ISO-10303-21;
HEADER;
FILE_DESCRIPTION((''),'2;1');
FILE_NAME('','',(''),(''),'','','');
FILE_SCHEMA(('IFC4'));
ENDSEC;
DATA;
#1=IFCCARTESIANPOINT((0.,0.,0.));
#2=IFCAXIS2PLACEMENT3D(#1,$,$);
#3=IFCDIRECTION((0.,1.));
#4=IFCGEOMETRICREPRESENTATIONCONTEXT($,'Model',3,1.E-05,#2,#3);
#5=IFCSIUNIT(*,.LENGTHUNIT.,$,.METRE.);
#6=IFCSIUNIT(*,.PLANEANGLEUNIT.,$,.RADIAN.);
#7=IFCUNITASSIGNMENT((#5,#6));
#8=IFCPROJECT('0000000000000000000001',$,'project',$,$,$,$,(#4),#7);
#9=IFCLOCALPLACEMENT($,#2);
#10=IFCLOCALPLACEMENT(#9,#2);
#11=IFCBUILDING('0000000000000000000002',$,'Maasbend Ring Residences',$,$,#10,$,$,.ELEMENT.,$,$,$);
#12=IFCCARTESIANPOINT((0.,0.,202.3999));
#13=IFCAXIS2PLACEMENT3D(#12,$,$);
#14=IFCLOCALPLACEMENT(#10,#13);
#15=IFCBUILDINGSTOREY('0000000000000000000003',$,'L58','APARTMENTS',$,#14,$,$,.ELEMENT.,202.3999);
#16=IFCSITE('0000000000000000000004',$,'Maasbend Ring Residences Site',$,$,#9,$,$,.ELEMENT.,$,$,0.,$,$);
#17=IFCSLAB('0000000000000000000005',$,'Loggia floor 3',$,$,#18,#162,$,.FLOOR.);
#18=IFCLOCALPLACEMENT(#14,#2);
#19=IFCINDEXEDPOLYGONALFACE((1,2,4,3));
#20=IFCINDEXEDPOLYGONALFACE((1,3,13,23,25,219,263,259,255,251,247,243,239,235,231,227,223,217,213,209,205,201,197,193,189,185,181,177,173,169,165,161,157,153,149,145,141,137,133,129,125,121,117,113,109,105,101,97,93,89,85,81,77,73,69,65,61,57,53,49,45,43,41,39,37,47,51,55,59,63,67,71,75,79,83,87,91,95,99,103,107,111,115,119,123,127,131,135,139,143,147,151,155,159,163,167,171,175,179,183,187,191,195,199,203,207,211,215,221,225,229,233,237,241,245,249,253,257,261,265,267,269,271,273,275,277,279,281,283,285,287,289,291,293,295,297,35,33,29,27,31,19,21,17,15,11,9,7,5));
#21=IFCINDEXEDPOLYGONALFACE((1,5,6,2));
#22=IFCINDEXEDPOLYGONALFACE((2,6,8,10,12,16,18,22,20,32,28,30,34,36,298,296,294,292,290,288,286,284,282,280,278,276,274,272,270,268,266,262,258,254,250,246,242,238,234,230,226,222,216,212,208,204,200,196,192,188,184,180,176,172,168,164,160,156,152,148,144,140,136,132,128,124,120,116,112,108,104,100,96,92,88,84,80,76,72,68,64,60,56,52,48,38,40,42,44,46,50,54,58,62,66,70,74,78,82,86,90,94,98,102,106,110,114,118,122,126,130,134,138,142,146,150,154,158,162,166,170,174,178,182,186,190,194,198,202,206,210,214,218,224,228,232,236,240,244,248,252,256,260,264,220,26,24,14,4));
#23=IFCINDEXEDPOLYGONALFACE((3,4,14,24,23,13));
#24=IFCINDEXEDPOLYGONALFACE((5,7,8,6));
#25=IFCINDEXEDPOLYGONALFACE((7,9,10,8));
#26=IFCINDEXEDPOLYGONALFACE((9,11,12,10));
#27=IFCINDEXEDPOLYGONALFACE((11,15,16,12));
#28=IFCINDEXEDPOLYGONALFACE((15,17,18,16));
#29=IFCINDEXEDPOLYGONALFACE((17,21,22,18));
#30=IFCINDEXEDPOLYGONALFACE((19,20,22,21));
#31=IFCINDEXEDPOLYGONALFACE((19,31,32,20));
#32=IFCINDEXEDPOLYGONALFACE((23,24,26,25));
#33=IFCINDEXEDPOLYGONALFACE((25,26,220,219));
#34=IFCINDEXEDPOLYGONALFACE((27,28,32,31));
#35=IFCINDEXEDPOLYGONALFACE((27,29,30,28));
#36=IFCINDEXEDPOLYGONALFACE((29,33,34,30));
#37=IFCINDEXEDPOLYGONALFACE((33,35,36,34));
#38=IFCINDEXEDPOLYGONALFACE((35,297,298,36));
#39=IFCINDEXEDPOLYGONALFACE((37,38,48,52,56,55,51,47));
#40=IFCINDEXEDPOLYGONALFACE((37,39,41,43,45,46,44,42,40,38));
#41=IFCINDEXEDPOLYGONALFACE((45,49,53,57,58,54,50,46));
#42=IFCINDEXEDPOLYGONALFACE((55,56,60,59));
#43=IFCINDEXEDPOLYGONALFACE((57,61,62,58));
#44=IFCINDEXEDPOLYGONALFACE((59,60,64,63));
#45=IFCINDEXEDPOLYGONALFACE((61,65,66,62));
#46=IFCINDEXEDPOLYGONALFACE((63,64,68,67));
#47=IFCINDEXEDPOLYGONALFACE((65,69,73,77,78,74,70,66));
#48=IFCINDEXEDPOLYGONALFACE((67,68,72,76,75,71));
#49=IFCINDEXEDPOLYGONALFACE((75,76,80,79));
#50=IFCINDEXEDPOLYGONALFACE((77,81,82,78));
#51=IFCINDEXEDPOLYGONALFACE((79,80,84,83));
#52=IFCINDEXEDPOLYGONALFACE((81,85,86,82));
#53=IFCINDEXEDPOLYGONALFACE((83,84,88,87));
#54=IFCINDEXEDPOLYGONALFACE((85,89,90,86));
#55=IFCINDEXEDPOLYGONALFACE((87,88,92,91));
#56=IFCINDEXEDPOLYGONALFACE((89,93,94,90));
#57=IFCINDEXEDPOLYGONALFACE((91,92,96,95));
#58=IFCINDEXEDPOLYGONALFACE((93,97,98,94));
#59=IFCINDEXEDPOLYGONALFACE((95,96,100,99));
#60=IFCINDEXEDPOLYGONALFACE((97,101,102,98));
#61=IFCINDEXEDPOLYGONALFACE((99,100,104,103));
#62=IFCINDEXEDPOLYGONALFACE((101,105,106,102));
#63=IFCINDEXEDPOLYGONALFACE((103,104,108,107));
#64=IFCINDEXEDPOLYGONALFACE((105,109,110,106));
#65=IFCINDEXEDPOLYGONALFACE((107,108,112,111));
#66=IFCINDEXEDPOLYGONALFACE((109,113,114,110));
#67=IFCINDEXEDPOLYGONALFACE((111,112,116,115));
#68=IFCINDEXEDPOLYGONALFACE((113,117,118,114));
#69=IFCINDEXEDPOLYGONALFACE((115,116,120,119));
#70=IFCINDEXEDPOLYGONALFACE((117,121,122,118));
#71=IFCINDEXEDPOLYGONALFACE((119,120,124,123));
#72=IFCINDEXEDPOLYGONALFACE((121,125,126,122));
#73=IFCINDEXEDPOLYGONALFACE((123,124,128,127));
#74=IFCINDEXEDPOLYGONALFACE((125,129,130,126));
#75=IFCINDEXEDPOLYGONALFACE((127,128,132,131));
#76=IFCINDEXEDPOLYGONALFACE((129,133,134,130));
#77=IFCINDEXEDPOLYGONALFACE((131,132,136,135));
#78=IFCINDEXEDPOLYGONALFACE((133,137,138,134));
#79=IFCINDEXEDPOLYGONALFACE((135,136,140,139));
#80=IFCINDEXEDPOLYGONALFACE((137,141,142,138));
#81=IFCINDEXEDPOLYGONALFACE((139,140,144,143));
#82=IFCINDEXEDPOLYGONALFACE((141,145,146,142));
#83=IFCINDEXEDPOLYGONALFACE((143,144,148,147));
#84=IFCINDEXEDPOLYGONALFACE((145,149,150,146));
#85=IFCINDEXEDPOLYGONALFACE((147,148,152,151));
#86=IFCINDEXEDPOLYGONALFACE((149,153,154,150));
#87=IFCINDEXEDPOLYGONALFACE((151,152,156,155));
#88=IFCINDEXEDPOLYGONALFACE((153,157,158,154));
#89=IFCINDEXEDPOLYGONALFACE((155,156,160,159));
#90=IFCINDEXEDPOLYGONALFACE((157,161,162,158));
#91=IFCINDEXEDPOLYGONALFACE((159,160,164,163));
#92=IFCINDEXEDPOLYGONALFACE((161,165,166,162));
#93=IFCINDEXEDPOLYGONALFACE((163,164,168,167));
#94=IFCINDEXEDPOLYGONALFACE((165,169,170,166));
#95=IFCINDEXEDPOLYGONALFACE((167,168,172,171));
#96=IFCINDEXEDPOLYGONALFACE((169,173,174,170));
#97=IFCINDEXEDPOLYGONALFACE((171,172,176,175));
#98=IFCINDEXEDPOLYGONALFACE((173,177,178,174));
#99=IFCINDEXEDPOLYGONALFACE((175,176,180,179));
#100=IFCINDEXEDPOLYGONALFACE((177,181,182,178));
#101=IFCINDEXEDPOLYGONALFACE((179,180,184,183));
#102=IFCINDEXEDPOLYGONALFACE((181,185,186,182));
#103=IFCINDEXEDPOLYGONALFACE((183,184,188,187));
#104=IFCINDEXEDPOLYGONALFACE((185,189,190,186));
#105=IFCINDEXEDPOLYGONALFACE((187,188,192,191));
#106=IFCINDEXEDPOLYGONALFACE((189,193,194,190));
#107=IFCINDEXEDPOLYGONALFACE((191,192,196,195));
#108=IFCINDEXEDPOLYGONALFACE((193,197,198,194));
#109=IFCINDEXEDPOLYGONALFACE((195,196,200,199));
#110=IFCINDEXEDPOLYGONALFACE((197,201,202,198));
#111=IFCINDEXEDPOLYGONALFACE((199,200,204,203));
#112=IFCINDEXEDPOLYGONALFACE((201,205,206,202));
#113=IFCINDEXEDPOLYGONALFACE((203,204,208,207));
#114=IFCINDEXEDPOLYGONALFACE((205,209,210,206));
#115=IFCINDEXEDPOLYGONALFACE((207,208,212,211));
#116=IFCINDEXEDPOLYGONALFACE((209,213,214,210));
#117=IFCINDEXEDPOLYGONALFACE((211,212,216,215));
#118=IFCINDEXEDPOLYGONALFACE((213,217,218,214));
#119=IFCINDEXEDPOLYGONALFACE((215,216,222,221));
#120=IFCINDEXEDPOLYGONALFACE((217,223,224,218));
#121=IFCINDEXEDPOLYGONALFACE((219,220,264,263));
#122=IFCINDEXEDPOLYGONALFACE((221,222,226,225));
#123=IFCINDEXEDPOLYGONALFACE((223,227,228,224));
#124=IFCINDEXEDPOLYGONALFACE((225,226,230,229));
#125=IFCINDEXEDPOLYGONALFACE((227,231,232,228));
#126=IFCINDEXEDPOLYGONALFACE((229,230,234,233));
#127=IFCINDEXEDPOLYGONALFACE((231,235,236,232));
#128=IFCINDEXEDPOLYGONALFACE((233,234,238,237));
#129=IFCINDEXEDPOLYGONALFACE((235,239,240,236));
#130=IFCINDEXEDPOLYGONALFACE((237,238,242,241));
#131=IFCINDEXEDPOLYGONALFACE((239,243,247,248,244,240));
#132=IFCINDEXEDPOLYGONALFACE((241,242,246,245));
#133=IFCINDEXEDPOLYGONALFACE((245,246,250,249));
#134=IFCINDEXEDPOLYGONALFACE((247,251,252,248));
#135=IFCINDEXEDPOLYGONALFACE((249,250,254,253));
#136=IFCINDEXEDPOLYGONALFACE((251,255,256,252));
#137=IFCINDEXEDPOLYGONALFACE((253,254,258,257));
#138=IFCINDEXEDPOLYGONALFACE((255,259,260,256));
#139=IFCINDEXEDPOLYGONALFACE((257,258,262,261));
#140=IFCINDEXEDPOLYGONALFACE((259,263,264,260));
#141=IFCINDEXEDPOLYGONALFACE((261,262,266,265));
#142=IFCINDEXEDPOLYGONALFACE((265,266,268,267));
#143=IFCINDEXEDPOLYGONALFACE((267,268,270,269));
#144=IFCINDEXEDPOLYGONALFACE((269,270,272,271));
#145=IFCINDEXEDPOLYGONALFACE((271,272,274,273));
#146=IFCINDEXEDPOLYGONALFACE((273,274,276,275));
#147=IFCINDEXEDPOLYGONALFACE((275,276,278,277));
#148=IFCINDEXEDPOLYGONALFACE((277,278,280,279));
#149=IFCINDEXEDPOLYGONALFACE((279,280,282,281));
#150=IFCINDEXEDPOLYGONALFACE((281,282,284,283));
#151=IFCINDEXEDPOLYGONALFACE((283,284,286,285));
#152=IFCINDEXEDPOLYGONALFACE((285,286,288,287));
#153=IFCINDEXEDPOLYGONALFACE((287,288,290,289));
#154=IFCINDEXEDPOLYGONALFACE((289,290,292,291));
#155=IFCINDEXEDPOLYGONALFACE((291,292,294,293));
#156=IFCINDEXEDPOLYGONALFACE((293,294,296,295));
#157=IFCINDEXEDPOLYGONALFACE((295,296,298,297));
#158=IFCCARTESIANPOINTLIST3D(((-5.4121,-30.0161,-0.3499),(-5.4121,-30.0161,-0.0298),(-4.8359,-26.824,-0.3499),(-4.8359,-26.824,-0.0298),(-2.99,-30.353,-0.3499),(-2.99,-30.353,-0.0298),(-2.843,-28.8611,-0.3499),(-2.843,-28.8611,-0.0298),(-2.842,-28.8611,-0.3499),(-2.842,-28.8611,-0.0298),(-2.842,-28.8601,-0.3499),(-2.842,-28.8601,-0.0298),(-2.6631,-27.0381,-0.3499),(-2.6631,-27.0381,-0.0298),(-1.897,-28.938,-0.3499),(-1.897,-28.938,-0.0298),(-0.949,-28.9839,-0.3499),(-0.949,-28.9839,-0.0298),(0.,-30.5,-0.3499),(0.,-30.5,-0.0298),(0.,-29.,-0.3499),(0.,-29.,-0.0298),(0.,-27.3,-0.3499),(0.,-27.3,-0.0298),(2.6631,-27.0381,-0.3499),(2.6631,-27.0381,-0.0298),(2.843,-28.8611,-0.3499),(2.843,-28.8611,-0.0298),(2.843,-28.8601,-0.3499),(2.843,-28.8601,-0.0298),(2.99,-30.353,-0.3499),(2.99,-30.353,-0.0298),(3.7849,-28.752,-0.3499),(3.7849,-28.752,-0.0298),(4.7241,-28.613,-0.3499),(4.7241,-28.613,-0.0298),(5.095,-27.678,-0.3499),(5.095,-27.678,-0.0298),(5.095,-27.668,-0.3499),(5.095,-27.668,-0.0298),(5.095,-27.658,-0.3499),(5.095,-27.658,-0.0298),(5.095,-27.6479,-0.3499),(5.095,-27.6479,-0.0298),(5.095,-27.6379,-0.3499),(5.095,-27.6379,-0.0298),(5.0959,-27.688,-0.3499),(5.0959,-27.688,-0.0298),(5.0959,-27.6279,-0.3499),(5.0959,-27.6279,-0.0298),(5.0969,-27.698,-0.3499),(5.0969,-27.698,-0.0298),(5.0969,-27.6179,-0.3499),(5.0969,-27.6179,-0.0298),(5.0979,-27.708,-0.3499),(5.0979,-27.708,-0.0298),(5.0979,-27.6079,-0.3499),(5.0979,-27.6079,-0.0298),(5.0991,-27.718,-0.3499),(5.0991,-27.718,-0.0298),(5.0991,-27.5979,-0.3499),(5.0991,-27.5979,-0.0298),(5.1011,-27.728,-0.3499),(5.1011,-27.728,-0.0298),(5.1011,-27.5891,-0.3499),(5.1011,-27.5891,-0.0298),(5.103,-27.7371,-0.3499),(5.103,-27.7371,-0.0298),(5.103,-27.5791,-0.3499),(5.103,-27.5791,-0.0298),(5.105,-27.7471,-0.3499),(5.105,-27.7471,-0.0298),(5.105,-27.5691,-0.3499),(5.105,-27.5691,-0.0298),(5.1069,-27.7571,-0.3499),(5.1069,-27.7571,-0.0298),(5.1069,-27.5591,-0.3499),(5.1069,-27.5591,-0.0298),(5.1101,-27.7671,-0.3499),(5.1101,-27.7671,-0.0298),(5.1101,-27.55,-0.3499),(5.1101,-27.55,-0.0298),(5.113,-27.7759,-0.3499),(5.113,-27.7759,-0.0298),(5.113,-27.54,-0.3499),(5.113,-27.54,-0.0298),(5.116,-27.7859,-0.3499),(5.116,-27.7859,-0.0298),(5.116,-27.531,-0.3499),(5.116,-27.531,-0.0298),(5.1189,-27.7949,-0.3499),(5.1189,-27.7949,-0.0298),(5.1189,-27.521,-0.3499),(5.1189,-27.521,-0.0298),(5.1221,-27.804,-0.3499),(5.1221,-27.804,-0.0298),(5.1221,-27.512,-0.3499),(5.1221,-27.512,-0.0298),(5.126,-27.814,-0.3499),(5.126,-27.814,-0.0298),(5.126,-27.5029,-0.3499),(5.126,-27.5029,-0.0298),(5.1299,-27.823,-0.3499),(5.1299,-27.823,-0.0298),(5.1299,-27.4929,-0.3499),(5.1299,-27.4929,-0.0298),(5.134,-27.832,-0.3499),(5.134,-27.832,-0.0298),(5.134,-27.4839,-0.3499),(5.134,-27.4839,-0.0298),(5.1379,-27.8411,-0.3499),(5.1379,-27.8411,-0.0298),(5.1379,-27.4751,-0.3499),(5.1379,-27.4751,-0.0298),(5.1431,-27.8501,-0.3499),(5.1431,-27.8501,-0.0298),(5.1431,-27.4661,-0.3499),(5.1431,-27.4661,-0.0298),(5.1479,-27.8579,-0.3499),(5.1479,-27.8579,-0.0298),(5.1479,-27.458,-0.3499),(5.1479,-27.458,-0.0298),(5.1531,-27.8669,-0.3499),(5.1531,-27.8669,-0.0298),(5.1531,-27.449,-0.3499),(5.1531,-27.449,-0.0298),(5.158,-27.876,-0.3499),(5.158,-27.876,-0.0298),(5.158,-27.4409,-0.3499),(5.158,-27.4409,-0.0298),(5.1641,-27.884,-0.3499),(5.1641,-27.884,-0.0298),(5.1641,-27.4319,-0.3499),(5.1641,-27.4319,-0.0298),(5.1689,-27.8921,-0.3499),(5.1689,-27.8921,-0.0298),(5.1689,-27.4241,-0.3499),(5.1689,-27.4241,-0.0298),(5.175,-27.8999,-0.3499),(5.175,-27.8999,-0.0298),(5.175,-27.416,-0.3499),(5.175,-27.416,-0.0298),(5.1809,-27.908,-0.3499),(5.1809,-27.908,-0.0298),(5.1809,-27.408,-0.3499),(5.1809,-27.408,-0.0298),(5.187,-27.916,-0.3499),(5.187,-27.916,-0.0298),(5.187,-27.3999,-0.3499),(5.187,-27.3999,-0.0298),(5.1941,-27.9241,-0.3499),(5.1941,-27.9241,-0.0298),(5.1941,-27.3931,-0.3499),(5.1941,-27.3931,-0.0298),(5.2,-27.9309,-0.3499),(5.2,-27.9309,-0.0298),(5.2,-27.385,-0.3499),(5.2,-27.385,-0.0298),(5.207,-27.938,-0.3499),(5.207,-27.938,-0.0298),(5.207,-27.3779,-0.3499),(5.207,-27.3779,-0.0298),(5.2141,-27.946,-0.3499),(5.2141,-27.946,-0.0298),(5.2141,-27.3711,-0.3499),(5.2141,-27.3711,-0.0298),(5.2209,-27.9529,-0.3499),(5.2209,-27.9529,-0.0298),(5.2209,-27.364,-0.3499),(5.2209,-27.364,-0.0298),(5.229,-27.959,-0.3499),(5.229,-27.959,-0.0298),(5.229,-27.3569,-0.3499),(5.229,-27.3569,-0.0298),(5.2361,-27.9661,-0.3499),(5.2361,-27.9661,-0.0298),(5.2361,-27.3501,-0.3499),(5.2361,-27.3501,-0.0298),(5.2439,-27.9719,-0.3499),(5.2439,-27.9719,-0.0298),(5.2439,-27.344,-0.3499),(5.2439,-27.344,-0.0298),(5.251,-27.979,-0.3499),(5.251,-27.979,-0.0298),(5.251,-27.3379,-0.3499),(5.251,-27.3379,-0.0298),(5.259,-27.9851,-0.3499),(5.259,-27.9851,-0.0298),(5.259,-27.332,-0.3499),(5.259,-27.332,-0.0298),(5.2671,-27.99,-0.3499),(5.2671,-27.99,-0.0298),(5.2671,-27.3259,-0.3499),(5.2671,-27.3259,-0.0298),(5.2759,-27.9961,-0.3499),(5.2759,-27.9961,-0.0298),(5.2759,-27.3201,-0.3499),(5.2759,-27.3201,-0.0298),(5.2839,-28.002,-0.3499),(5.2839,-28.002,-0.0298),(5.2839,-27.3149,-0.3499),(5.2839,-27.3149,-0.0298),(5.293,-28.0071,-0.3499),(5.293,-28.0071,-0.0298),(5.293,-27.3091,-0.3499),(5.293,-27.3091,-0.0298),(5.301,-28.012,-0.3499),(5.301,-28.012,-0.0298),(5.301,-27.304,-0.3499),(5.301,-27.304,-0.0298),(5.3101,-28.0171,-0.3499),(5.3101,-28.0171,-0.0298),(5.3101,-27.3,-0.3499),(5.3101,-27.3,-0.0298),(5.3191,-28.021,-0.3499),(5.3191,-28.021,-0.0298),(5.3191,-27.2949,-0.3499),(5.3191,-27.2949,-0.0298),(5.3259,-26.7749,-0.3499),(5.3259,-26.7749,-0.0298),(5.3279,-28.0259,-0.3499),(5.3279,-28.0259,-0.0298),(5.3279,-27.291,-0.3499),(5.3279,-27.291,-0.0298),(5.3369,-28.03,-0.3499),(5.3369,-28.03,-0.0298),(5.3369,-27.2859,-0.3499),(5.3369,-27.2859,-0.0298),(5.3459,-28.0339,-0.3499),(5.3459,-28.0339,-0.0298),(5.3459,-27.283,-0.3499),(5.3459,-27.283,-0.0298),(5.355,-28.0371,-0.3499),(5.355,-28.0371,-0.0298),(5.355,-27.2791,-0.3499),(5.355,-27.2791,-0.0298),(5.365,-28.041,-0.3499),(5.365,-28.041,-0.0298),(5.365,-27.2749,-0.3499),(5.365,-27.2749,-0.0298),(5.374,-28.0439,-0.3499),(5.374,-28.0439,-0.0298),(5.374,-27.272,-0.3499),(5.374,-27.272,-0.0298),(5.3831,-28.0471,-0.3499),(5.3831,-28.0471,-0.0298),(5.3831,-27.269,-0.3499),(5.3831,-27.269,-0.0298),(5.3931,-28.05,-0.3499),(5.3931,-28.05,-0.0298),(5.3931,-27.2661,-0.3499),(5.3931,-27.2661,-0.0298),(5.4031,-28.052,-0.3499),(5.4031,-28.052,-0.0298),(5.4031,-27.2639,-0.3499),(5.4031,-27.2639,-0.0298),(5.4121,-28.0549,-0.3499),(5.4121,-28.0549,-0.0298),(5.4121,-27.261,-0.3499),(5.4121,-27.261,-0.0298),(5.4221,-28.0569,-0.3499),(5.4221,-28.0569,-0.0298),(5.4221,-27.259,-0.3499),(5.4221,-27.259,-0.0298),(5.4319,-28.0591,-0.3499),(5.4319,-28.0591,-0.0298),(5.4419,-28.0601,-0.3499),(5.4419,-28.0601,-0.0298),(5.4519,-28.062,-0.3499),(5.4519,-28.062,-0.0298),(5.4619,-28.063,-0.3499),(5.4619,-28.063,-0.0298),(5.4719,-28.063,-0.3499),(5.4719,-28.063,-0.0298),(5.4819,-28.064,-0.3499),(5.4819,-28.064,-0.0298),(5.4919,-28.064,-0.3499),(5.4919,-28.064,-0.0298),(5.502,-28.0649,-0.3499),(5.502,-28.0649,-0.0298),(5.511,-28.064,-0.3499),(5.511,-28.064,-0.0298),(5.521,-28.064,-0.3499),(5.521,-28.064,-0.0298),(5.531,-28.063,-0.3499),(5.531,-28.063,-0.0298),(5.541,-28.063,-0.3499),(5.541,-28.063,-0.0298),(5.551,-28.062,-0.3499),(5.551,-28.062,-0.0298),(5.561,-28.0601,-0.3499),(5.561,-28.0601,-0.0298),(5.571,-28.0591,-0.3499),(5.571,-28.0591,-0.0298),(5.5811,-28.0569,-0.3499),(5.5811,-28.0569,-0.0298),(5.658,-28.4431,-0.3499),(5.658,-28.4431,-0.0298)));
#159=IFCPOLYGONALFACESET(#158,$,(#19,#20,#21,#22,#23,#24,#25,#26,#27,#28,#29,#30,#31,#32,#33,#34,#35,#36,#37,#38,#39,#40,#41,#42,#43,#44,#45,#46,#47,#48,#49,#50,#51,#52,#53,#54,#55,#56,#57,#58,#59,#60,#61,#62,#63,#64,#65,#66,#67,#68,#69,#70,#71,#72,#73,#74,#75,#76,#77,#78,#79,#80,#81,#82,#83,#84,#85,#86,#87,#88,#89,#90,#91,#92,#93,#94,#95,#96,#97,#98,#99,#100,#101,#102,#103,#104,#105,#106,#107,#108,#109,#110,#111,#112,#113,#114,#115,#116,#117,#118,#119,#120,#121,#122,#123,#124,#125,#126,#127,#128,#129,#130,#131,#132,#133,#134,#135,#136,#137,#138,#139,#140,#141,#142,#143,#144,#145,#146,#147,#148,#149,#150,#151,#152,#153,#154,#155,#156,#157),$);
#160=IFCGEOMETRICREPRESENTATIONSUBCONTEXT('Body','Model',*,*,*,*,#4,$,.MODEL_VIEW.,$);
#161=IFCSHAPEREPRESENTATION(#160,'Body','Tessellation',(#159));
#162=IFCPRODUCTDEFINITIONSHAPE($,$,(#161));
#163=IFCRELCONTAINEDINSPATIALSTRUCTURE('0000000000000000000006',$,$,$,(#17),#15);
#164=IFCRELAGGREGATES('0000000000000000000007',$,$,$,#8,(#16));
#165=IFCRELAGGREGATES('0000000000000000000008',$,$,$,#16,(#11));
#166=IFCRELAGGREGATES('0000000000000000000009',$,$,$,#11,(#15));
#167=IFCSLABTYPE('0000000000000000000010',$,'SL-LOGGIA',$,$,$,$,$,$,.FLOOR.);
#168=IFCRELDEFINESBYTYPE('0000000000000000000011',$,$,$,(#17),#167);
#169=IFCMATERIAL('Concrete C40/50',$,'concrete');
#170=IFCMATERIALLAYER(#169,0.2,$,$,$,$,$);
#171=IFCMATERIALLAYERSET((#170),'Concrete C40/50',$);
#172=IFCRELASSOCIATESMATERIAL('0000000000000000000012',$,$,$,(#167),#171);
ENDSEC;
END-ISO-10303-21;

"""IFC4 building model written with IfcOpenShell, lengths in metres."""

from ifc_helpers import new_model, si_unit, direction, frame, origin, place, context, subcontext, project, spatial, polyline, outline, extrude, material, layer, layer_set, type_object, element, save


model = new_model("IFC4")

# Units and contexts
model_context = context("Model", 3, precision=1e-05, world=origin(), true_north=direction((0.0, 1.0)))
body_context = subcontext(model_context, "Body", "Model", "MODEL_VIEW")
ifc_project = project(units=[si_unit("LENGTHUNIT", "METRE"), si_unit("PLANEANGLEUNIT", "RADIAN")], contexts=[model_context])

# Site, building, storey
site_placement = place(None, origin())
site = spatial("IfcSite", under=ifc_project, at=site_placement, Name="Maasbend Ring Residences Site", CompositionType="ELEMENT", RefElevation=0.0)
building_placement = place(site_placement, origin())
building = spatial("IfcBuilding", under=site, at=building_placement, Name="Maasbend Ring Residences", CompositionType="ELEMENT")
storey_placement = place(building_placement, frame((0.0, 0.0, 202.3999)))
storey = spatial("IfcBuildingStorey", under=building, at=storey_placement, Name="L58", Description="APARTMENTS", CompositionType="ELEMENT", Elevation=202.3999)

# Slab
ifc_material_1 = material(Name="Concrete C40/50", Category="concrete")
ifc_layer_1 = layer(ifc_material_1, 0.2)
ifc_layer_set_1 = layer_set([ifc_layer_1], Name="Concrete C40/50")
slab_type_1 = type_object("IfcSlabType", Name="SL-LOGGIA", PredefinedType="FLOOR", material=ifc_layer_set_1)
slab_1_placement = place(storey_placement, frame((0.0, 0.0, -0.3499)))
element("IfcSlab", 1, at=slab_1_placement, inside=storey, type_object=slab_type_1, Name="Loggia floor 3", PredefinedType="FLOOR", context=body_context, shape_type="SweptSolid", body=[
    extrude(outline(polyline([(-2.6631, -27.0381), (0.0, -27.3), (0.0, -27.3), (0.0, -27.3), (2.6631, -27.0381), (5.3259, -26.7749), (5.3259, -26.7749), (5.3259, -26.7749), (5.4221, -27.259), (5.4221, -27.259), (5.4121, -27.261), (5.4031, -27.2639), (5.3931, -27.2661), (5.3831, -27.269), (5.374, -27.272), (5.365, -27.2749), (5.355, -27.2791), (5.3459, -27.283), (5.3369, -27.2859), (5.3279, -27.291), (5.3191, -27.2949), (5.3101, -27.3), (5.301, -27.304), (5.293, -27.3091), (5.2839, -27.3149), (5.2759, -27.3201), (5.2671, -27.3259), (5.259, -27.332), (5.251, -27.3379), (5.2439, -27.344), (5.2361, -27.3501), (5.229, -27.3569), (5.2209, -27.364), (5.2141, -27.3711), (5.207, -27.3779), (5.2, -27.385), (5.1941, -27.3931), (5.187, -27.3999), (5.1809, -27.408), (5.175, -27.416), (5.1689, -27.4241), (5.1641, -27.4319), (5.158, -27.4409), (5.1531, -27.449), (5.1479, -27.458), (5.1431, -27.4661), (5.1379, -27.4751), (5.134, -27.4839), (5.1299, -27.4929), (5.126, -27.5029), (5.1221, -27.512), (5.1189, -27.521), (5.116, -27.531), (5.113, -27.54), (5.1101, -27.55), (5.1069, -27.5591), (5.105, -27.5691), (5.103, -27.5791), (5.1011, -27.5891), (5.0991, -27.5979), (5.0979, -27.6079), (5.0969, -27.6179), (5.0959, -27.6279), (5.095, -27.6379), (5.095, -27.6479), (5.095, -27.658), (5.095, -27.668), (5.095, -27.678), (5.0959, -27.688), (5.0969, -27.698), (5.0979, -27.708), (5.0991, -27.718), (5.1011, -27.728), (5.103, -27.7371), (5.105, -27.7471), (5.1069, -27.7571), (5.1101, -27.7671), (5.113, -27.7759), (5.116, -27.7859), (5.1189, -27.7949), (5.1221, -27.804), (5.126, -27.814), (5.1299, -27.823), (5.134, -27.832), (5.1379, -27.8411), (5.1431, -27.8501), (5.1479, -27.8579), (5.1531, -27.8669), (5.158, -27.876), (5.1641, -27.884), (5.1689, -27.8921), (5.175, -27.8999), (5.1809, -27.908), (5.187, -27.916), (5.1941, -27.9241), (5.2, -27.9309), (5.207, -27.938), (5.2141, -27.946), (5.2209, -27.9529), (5.229, -27.959), (5.2361, -27.9661), (5.2439, -27.9719), (5.251, -27.979), (5.259, -27.9851), (5.2671, -27.99), (5.2759, -27.9961), (5.2839, -28.002), (5.293, -28.0071), (5.301, -28.012), (5.3101, -28.0171), (5.3191, -28.021), (5.3279, -28.0259), (5.3369, -28.03), (5.3459, -28.0339), (5.355, -28.0371), (5.365, -28.041), (5.374, -28.0439), (5.3831, -28.0471), (5.3931, -28.05), (5.4031, -28.052), (5.4121, -28.0549), (5.4221, -28.0569), (5.4319, -28.0591), (5.4419, -28.0601), (5.4519, -28.062), (5.4619, -28.063), (5.4719, -28.063), (5.4819, -28.064), (5.4919, -28.064), (5.502, -28.0649), (5.511, -28.064), (5.521, -28.064), (5.531, -28.063), (5.541, -28.063), (5.551, -28.062), (5.561, -28.0601), (5.571, -28.0591), (5.5811, -28.0569), (5.5811, -28.0569), (5.658, -28.4431), (5.658, -28.4431), (5.658, -28.4431), (4.7241, -28.613), (4.7241, -28.613), (3.7849, -28.752), (3.7849, -28.752), (2.843, -28.8601), (2.843, -28.8601), (2.843, -28.8601), (2.843, -28.8601), (2.843, -28.8601), (2.843, -28.8601), (2.843, -28.8601), (2.843, -28.8601), (2.843, -28.8601), (2.843, -28.8611), (2.843, -28.8611), (2.843, -28.8611), (2.843, -28.8611), (2.843, -28.8611), (2.843, -28.8611), (2.843, -28.8611), (2.843, -28.8611), (2.99, -30.353), (2.99, -30.353), (2.99, -30.353), (0.0, -30.5), (0.0, -30.5), (0.0, -30.5), (0.0, -29.0), (0.0, -29.0), (0.0, -29.0), (0.0, -29.0), (0.0, -29.0), (0.0, -29.0), (0.0, -29.0), (0.0, -29.0), (0.0, -29.0), (0.0, -29.0), (0.0, -29.0), (0.0, -29.0), (0.0, -29.0), (0.0, -29.0), (0.0, -29.0), (0.0, -29.0), (0.0, -29.0), (-0.949, -28.9839), (-0.949, -28.9839), (-1.897, -28.938), (-1.897, -28.938), (-2.842, -28.8601), (-2.842, -28.8601), (-2.842, -28.8601), (-2.842, -28.8601), (-2.842, -28.8601), (-2.842, -28.8601), (-2.842, -28.8601), (-2.842, -28.8601), (-2.842, -28.8611), (-2.842, -28.8611), (-2.842, -28.8611), (-2.842, -28.8611), (-2.842, -28.8611), (-2.843, -28.8611), (-2.843, -28.8611), (-2.843, -28.8611), (-2.843, -28.8611), (-2.99, -30.353), (-2.99, -30.353), (-2.99, -30.353), (-5.4121, -30.0161), (-5.4121, -30.0161), (-5.4121, -30.0161), (-4.8359, -26.824), (-4.8359, -26.824), (-4.8359, -26.824), (-2.6631, -27.0381)])), origin(), (0.0, 0.0, 1.0), 0.3201),
])

save(model, "model.ifc")
